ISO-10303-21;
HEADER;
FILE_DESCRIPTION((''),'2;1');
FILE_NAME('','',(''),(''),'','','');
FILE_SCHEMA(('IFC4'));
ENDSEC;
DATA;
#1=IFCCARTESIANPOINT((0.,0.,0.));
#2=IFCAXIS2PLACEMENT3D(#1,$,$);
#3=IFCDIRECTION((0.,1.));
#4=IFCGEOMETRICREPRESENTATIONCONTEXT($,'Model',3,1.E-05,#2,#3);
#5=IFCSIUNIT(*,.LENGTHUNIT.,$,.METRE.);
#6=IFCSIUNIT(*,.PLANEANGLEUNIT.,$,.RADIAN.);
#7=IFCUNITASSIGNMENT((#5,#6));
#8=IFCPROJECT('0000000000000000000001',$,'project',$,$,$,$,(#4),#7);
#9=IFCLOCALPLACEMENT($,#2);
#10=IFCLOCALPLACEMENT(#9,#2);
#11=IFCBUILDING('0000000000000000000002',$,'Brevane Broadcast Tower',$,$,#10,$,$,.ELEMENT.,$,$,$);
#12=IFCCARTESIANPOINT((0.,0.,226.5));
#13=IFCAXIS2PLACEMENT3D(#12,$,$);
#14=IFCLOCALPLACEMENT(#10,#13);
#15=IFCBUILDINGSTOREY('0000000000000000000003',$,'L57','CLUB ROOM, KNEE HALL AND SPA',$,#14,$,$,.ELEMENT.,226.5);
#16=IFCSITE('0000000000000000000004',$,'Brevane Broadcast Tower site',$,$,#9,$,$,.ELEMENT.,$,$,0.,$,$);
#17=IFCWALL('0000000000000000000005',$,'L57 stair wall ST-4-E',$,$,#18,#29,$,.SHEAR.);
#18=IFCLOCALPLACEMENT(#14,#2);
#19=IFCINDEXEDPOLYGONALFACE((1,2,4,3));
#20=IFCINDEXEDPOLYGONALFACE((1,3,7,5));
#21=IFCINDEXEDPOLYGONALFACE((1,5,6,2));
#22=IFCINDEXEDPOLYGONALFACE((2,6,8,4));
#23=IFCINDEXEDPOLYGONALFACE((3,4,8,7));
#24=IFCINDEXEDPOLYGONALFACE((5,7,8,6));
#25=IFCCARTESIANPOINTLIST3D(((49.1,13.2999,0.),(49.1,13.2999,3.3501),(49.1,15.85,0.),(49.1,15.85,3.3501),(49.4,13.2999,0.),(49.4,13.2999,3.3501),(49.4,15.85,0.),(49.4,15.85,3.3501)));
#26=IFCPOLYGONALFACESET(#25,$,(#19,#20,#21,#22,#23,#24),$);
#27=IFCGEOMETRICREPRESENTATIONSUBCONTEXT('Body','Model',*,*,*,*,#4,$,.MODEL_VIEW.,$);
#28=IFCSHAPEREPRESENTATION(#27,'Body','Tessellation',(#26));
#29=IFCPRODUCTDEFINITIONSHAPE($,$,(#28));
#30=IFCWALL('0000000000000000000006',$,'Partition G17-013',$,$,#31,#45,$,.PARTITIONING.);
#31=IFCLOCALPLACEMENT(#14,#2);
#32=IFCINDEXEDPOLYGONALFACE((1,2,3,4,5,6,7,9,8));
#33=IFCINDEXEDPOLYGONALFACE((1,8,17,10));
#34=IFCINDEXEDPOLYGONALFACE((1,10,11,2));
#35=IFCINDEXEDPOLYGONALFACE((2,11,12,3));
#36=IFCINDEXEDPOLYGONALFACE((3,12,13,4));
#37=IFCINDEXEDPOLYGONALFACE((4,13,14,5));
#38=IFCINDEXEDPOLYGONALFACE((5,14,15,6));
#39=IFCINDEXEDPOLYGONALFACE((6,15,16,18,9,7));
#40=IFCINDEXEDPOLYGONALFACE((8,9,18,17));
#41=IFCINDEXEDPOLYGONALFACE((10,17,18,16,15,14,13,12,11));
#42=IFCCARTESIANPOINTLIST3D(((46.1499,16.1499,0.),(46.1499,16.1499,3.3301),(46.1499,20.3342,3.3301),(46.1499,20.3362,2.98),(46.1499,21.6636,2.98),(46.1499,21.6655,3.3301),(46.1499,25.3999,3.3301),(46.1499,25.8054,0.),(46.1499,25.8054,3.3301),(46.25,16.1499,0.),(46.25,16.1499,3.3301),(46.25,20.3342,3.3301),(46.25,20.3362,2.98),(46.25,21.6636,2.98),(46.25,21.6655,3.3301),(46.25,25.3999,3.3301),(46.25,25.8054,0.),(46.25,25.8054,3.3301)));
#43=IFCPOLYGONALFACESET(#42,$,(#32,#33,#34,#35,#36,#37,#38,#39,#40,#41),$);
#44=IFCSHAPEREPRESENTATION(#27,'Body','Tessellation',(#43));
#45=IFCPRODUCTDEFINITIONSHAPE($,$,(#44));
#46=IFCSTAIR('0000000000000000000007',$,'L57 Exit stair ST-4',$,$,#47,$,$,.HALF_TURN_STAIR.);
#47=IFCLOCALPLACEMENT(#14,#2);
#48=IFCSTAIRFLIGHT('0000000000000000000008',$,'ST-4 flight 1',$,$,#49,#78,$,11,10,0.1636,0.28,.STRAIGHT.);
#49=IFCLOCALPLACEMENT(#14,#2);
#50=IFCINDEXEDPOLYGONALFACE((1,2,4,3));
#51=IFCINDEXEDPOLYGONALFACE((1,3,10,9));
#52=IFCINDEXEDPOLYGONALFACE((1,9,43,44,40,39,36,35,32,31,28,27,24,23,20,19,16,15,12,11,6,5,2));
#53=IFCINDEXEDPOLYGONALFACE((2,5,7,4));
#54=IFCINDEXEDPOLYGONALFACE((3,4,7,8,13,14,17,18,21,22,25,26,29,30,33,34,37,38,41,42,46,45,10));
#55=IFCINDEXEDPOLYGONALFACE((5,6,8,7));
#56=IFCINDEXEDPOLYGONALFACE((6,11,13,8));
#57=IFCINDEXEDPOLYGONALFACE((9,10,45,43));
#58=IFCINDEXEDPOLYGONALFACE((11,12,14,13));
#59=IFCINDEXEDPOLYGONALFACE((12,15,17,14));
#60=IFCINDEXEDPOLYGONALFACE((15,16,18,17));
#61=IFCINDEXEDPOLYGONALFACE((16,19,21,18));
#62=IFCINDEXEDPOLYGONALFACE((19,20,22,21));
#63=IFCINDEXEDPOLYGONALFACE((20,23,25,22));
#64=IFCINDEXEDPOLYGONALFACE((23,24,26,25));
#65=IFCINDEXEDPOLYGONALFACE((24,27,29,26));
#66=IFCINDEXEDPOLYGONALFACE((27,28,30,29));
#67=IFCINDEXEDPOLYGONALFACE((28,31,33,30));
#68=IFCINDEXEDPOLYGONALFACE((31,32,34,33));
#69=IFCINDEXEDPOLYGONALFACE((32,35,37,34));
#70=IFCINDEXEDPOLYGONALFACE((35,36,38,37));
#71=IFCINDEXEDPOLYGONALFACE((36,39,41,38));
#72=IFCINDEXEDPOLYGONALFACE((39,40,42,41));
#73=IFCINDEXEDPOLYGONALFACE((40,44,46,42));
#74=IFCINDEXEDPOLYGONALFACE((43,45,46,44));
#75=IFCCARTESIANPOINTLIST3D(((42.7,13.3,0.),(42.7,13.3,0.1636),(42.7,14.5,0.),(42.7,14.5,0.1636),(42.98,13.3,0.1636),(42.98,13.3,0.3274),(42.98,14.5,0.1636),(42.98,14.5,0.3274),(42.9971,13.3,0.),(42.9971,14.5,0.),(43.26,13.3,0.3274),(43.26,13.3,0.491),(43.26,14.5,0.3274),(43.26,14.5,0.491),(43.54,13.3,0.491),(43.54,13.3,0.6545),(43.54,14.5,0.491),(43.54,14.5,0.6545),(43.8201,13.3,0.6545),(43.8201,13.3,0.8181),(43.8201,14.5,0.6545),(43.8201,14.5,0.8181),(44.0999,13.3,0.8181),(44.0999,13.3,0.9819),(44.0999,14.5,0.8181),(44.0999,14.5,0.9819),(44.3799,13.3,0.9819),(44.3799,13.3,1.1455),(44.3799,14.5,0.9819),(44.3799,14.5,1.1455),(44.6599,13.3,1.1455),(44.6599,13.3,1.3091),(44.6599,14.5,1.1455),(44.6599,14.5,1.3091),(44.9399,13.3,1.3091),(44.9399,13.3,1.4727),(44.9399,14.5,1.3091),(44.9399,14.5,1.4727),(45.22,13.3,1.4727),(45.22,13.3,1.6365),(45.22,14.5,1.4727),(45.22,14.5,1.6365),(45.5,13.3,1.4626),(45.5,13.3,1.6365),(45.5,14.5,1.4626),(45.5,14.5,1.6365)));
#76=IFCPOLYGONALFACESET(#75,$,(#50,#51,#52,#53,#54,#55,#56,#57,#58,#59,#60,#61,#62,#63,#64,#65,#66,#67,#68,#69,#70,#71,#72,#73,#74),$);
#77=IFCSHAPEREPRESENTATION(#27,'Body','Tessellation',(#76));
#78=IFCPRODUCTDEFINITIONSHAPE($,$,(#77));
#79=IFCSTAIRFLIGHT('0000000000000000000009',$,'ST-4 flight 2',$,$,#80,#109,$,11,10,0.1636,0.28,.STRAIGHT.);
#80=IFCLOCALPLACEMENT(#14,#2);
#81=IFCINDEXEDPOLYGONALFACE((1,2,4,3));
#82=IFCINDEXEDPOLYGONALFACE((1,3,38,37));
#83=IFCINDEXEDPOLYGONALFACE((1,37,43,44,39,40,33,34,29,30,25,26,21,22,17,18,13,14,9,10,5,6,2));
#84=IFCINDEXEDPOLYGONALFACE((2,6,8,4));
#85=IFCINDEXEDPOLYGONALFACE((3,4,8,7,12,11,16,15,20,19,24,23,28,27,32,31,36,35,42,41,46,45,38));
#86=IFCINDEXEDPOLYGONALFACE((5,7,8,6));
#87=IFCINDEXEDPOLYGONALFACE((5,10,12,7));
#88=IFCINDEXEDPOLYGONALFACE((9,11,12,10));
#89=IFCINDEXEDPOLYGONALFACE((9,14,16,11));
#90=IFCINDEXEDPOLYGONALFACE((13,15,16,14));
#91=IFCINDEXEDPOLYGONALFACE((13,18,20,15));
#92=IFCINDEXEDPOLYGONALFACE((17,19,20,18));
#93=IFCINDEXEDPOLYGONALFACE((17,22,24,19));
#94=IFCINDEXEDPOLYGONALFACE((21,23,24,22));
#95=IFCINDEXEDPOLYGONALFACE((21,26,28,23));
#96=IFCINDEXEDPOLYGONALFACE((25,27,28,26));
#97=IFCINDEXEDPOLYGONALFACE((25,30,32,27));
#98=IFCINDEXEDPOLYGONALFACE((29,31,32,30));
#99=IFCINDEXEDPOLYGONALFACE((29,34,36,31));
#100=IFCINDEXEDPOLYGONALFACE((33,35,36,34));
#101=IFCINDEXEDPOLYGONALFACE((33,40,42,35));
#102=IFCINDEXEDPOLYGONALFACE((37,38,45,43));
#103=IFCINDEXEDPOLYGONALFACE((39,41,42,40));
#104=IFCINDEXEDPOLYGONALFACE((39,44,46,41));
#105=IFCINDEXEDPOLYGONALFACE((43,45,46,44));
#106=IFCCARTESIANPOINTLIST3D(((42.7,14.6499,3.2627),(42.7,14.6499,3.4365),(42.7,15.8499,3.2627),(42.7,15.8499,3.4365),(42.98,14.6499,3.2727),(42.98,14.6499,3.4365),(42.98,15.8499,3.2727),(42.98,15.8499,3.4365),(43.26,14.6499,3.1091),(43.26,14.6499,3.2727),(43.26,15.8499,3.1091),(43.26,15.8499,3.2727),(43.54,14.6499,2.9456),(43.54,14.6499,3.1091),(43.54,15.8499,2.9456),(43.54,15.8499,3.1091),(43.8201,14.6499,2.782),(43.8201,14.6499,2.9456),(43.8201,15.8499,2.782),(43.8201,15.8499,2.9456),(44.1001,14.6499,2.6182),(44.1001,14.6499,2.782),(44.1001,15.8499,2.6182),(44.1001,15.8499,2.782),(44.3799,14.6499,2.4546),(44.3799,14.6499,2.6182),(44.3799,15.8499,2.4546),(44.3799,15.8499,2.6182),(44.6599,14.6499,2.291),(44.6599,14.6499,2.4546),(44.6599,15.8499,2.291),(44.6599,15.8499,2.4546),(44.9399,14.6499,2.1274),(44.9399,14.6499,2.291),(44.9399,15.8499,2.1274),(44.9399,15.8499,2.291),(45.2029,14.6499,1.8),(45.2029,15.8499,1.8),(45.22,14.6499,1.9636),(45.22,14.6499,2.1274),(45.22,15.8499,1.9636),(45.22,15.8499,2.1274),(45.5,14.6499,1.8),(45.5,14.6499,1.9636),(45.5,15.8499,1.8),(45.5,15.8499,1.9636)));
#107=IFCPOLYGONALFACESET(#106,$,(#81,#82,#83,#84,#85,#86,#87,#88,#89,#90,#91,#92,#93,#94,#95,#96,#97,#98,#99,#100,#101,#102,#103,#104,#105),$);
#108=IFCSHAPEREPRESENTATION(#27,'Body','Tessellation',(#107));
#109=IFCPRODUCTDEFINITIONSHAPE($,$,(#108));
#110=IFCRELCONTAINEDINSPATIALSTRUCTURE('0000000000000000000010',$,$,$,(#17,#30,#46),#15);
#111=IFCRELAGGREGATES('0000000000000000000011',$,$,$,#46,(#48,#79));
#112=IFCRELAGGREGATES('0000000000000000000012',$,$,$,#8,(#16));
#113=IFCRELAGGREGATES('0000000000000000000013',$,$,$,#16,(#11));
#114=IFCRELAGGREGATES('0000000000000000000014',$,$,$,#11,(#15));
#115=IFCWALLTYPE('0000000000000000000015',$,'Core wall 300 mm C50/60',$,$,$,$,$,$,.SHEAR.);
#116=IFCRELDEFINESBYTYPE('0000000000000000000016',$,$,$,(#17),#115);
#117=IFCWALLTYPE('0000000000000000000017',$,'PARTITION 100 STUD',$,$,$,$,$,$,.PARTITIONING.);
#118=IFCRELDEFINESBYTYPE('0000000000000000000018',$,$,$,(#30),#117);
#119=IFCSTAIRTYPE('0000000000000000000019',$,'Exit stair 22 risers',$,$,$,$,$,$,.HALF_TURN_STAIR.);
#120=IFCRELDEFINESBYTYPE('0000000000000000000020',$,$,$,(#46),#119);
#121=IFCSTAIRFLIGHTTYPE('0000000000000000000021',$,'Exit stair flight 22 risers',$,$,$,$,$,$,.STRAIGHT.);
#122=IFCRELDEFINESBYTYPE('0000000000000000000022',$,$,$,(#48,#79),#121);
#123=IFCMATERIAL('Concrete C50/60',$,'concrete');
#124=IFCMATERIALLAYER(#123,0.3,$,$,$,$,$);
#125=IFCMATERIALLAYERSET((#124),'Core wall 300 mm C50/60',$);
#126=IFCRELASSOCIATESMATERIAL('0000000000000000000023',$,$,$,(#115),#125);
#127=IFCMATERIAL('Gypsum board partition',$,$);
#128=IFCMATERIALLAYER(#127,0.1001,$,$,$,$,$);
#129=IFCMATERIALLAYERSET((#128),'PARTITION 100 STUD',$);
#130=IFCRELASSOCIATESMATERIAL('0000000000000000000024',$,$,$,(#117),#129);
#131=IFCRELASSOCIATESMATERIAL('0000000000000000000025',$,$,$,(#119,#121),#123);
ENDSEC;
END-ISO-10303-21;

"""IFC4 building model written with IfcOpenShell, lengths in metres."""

from ifc_helpers import new_model, si_unit, direction, frame, frame_2d, origin, place, context, subcontext, project, spatial, polyline, rectangle, outline, extrude, material, layer, layer_set, type_object, element, aggregate, save


model = new_model("IFC4")

# Units and contexts
model_context = context("Model", 3, precision=1e-05, world=origin(), true_north=direction((0.0, 1.0)))
body_context = subcontext(model_context, "Body", "Model", "MODEL_VIEW")
ifc_project = project(units=[si_unit("LENGTHUNIT", "METRE"), si_unit("PLANEANGLEUNIT", "RADIAN")], contexts=[model_context])

# Site, building, storey
site_placement = place(None, origin())
site = spatial("IfcSite", under=ifc_project, at=site_placement, Name="Brevane Broadcast Tower site", CompositionType="ELEMENT", RefElevation=0.0)
building_placement = place(site_placement, origin())
building = spatial("IfcBuilding", under=site, at=building_placement, Name="Brevane Broadcast Tower", CompositionType="ELEMENT")
storey_placement = place(building_placement, frame((0.0, 0.0, 226.5)))
storey = spatial("IfcBuildingStorey", under=building, at=storey_placement, Name="L57", Description="CLUB ROOM, KNEE HALL AND SPA", CompositionType="ELEMENT", Elevation=226.5)

# Shared definitions
ifc_material_1 = material(Name="Concrete C50/60", Category="concrete")

# Shared definitions
ifc_layer_1 = layer(ifc_material_1, 0.3)
ifc_layer_set_1 = layer_set([ifc_layer_1], Name="Core wall 300 mm C50/60")
wall_type_1 = type_object("IfcWallType", Name="Core wall 300 mm C50/60", PredefinedType="SHEAR", material=ifc_layer_set_1)

# Walls
wall_1_placement = place(storey_placement, frame((49.25, 13.3, 0.0), z_axis=(0.0, 0.0, 1.0), x_axis=(0.0, 1.0, 0.0)))
element("IfcWall", 1, at=wall_1_placement, inside=storey, type_object=wall_type_1, Name="L57 stair wall ST-4-E", PredefinedType="SHEAR", context=body_context, shape_type="SweptSolid", body=[
    extrude(rectangle(XDim=2.55, YDim=0.3, at=frame_2d((1.2749, 0.0))), origin(), (0.0, 0.0, 1.0), 3.3501),
])
ifc_material_2 = material(Name="Gypsum board partition")
ifc_layer_2 = layer(ifc_material_2, 0.1001)
ifc_layer_set_2 = layer_set([ifc_layer_2], Name="PARTITION 100 STUD")
wall_type_2 = type_object("IfcWallType", Name="PARTITION 100 STUD", PredefinedType="PARTITIONING", material=ifc_layer_set_2)
wall_2_placement = place(storey_placement, frame((46.2, 16.1499, 0.0), z_axis=(0.0, 0.0, 1.0), x_axis=(0.0, 1.0, 0.0)))
element("IfcWall", 2, at=wall_2_placement, inside=storey, type_object=wall_type_2, Name="Partition G17-013", PredefinedType="PARTITIONING", context=body_context, shape_type="SweptSolid", body=[
    extrude(outline(polyline([(0.0, 0.0), (9.6555, 0.0), (9.6555, 3.3301), (9.25, 3.3301), (5.5156, 3.3301), (5.5137, 2.98), (4.1863, 2.98), (4.1843, 3.3301), (0.0, 3.3301), (0.0, 0.0)])), frame((0.0, 0.05, 0.0), z_axis=(0.0, -1.0, 0.0), x_axis=(1.0, 0.0, 0.0)), (0.0, 0.0, 1.0), 0.1001),
])

# Stair, stair flights
stair_type = type_object("IfcStairType", Name="Exit stair 22 risers", PredefinedType="HALF_TURN_STAIR", material=ifc_material_1)
stair_placement = place(storey_placement, origin())
stair = element("IfcStair", 3, at=stair_placement, inside=storey, type_object=stair_type, Name="L57 Exit stair ST-4", PredefinedType="HALF_TURN_STAIR")
stair_flight_type = type_object("IfcStairFlightType", Name="Exit stair flight 22 risers", PredefinedType="STRAIGHT", material=ifc_material_1)
stair_flight_1_placement = place(storey_placement, frame((42.7, 13.8999, 0.0), z_axis=(0.0, 0.0, 1.0), x_axis=(1.0, 0.0, 0.0)))
stair_flight_1 = element("IfcStairFlight", 4, at=stair_flight_1_placement, type_object=stair_flight_type, Name="ST-4 flight 1", NumberOfRisers=11, NumberOfTreads=10, PredefinedType="STRAIGHT", RiserHeight=0.1636, TreadLength=0.28, context=body_context, shape_type="SweptSolid", body=[
    extrude(outline(polyline([(0.0, 0.0), (0.0, 0.1636), (0.28, 0.1636), (0.28, 0.3274), (0.5601, 0.3274), (0.5601, 0.491), (0.8401, 0.491), (0.8401, 0.6545), (1.1201, 0.6545), (1.1201, 0.8181), (1.3999, 0.8181), (1.3999, 0.9819), (1.6799, 0.9819), (1.6799, 1.1455), (1.96, 1.1455), (1.96, 1.3091), (2.24, 1.3091), (2.24, 1.4727), (2.52, 1.4727), (2.52, 1.6365), (2.8, 1.6365), (2.8, 1.8), (2.8, 1.4626), (0.2971, 0.0), (0.0, 0.0)])), frame((0.0, 0.6001, 0.0), z_axis=(0.0, -1.0, 0.0), x_axis=(1.0, 0.0, 0.0)), (0.0, 0.0, 1.0), 1.2),
])
stair_flight_2_placement = place(storey_placement, frame((45.5, 15.25, 1.8), z_axis=(0.0, 0.0, 1.0), x_axis=(-1.0, 0.0, 0.0)))
stair_flight_2 = element("IfcStairFlight", 5, at=stair_flight_2_placement, type_object=stair_flight_type, Name="ST-4 flight 2", NumberOfRisers=11, NumberOfTreads=10, PredefinedType="STRAIGHT", RiserHeight=0.1636, TreadLength=0.28, context=body_context, shape_type="SweptSolid", body=[
    extrude(outline(polyline([(0.0, 0.0), (0.0, 0.1636), (0.28, 0.1636), (0.28, 0.3274), (0.5601, 0.3274), (0.5601, 0.491), (0.8401, 0.491), (0.8401, 0.6545), (1.1201, 0.6545), (1.1201, 0.8181), (1.3999, 0.8181), (1.3999, 0.9819), (1.6799, 0.9819), (1.6799, 1.1455), (1.96, 1.1455), (1.96, 1.3091), (2.24, 1.3091), (2.24, 1.4727), (2.52, 1.4727), (2.52, 1.6365), (2.8, 1.6365), (2.8, 1.8), (2.8, 1.4626), (0.2971, 0.0), (0.0, 0.0)])), frame((0.0, 0.6001, 0.0), z_axis=(0.0, -1.0, 0.0), x_axis=(1.0, 0.0, 0.0)), (0.0, 0.0, 1.0), 1.2),
])
aggregate(stair, [stair_flight_1, stair_flight_2])

save(model, "model.ifc")
